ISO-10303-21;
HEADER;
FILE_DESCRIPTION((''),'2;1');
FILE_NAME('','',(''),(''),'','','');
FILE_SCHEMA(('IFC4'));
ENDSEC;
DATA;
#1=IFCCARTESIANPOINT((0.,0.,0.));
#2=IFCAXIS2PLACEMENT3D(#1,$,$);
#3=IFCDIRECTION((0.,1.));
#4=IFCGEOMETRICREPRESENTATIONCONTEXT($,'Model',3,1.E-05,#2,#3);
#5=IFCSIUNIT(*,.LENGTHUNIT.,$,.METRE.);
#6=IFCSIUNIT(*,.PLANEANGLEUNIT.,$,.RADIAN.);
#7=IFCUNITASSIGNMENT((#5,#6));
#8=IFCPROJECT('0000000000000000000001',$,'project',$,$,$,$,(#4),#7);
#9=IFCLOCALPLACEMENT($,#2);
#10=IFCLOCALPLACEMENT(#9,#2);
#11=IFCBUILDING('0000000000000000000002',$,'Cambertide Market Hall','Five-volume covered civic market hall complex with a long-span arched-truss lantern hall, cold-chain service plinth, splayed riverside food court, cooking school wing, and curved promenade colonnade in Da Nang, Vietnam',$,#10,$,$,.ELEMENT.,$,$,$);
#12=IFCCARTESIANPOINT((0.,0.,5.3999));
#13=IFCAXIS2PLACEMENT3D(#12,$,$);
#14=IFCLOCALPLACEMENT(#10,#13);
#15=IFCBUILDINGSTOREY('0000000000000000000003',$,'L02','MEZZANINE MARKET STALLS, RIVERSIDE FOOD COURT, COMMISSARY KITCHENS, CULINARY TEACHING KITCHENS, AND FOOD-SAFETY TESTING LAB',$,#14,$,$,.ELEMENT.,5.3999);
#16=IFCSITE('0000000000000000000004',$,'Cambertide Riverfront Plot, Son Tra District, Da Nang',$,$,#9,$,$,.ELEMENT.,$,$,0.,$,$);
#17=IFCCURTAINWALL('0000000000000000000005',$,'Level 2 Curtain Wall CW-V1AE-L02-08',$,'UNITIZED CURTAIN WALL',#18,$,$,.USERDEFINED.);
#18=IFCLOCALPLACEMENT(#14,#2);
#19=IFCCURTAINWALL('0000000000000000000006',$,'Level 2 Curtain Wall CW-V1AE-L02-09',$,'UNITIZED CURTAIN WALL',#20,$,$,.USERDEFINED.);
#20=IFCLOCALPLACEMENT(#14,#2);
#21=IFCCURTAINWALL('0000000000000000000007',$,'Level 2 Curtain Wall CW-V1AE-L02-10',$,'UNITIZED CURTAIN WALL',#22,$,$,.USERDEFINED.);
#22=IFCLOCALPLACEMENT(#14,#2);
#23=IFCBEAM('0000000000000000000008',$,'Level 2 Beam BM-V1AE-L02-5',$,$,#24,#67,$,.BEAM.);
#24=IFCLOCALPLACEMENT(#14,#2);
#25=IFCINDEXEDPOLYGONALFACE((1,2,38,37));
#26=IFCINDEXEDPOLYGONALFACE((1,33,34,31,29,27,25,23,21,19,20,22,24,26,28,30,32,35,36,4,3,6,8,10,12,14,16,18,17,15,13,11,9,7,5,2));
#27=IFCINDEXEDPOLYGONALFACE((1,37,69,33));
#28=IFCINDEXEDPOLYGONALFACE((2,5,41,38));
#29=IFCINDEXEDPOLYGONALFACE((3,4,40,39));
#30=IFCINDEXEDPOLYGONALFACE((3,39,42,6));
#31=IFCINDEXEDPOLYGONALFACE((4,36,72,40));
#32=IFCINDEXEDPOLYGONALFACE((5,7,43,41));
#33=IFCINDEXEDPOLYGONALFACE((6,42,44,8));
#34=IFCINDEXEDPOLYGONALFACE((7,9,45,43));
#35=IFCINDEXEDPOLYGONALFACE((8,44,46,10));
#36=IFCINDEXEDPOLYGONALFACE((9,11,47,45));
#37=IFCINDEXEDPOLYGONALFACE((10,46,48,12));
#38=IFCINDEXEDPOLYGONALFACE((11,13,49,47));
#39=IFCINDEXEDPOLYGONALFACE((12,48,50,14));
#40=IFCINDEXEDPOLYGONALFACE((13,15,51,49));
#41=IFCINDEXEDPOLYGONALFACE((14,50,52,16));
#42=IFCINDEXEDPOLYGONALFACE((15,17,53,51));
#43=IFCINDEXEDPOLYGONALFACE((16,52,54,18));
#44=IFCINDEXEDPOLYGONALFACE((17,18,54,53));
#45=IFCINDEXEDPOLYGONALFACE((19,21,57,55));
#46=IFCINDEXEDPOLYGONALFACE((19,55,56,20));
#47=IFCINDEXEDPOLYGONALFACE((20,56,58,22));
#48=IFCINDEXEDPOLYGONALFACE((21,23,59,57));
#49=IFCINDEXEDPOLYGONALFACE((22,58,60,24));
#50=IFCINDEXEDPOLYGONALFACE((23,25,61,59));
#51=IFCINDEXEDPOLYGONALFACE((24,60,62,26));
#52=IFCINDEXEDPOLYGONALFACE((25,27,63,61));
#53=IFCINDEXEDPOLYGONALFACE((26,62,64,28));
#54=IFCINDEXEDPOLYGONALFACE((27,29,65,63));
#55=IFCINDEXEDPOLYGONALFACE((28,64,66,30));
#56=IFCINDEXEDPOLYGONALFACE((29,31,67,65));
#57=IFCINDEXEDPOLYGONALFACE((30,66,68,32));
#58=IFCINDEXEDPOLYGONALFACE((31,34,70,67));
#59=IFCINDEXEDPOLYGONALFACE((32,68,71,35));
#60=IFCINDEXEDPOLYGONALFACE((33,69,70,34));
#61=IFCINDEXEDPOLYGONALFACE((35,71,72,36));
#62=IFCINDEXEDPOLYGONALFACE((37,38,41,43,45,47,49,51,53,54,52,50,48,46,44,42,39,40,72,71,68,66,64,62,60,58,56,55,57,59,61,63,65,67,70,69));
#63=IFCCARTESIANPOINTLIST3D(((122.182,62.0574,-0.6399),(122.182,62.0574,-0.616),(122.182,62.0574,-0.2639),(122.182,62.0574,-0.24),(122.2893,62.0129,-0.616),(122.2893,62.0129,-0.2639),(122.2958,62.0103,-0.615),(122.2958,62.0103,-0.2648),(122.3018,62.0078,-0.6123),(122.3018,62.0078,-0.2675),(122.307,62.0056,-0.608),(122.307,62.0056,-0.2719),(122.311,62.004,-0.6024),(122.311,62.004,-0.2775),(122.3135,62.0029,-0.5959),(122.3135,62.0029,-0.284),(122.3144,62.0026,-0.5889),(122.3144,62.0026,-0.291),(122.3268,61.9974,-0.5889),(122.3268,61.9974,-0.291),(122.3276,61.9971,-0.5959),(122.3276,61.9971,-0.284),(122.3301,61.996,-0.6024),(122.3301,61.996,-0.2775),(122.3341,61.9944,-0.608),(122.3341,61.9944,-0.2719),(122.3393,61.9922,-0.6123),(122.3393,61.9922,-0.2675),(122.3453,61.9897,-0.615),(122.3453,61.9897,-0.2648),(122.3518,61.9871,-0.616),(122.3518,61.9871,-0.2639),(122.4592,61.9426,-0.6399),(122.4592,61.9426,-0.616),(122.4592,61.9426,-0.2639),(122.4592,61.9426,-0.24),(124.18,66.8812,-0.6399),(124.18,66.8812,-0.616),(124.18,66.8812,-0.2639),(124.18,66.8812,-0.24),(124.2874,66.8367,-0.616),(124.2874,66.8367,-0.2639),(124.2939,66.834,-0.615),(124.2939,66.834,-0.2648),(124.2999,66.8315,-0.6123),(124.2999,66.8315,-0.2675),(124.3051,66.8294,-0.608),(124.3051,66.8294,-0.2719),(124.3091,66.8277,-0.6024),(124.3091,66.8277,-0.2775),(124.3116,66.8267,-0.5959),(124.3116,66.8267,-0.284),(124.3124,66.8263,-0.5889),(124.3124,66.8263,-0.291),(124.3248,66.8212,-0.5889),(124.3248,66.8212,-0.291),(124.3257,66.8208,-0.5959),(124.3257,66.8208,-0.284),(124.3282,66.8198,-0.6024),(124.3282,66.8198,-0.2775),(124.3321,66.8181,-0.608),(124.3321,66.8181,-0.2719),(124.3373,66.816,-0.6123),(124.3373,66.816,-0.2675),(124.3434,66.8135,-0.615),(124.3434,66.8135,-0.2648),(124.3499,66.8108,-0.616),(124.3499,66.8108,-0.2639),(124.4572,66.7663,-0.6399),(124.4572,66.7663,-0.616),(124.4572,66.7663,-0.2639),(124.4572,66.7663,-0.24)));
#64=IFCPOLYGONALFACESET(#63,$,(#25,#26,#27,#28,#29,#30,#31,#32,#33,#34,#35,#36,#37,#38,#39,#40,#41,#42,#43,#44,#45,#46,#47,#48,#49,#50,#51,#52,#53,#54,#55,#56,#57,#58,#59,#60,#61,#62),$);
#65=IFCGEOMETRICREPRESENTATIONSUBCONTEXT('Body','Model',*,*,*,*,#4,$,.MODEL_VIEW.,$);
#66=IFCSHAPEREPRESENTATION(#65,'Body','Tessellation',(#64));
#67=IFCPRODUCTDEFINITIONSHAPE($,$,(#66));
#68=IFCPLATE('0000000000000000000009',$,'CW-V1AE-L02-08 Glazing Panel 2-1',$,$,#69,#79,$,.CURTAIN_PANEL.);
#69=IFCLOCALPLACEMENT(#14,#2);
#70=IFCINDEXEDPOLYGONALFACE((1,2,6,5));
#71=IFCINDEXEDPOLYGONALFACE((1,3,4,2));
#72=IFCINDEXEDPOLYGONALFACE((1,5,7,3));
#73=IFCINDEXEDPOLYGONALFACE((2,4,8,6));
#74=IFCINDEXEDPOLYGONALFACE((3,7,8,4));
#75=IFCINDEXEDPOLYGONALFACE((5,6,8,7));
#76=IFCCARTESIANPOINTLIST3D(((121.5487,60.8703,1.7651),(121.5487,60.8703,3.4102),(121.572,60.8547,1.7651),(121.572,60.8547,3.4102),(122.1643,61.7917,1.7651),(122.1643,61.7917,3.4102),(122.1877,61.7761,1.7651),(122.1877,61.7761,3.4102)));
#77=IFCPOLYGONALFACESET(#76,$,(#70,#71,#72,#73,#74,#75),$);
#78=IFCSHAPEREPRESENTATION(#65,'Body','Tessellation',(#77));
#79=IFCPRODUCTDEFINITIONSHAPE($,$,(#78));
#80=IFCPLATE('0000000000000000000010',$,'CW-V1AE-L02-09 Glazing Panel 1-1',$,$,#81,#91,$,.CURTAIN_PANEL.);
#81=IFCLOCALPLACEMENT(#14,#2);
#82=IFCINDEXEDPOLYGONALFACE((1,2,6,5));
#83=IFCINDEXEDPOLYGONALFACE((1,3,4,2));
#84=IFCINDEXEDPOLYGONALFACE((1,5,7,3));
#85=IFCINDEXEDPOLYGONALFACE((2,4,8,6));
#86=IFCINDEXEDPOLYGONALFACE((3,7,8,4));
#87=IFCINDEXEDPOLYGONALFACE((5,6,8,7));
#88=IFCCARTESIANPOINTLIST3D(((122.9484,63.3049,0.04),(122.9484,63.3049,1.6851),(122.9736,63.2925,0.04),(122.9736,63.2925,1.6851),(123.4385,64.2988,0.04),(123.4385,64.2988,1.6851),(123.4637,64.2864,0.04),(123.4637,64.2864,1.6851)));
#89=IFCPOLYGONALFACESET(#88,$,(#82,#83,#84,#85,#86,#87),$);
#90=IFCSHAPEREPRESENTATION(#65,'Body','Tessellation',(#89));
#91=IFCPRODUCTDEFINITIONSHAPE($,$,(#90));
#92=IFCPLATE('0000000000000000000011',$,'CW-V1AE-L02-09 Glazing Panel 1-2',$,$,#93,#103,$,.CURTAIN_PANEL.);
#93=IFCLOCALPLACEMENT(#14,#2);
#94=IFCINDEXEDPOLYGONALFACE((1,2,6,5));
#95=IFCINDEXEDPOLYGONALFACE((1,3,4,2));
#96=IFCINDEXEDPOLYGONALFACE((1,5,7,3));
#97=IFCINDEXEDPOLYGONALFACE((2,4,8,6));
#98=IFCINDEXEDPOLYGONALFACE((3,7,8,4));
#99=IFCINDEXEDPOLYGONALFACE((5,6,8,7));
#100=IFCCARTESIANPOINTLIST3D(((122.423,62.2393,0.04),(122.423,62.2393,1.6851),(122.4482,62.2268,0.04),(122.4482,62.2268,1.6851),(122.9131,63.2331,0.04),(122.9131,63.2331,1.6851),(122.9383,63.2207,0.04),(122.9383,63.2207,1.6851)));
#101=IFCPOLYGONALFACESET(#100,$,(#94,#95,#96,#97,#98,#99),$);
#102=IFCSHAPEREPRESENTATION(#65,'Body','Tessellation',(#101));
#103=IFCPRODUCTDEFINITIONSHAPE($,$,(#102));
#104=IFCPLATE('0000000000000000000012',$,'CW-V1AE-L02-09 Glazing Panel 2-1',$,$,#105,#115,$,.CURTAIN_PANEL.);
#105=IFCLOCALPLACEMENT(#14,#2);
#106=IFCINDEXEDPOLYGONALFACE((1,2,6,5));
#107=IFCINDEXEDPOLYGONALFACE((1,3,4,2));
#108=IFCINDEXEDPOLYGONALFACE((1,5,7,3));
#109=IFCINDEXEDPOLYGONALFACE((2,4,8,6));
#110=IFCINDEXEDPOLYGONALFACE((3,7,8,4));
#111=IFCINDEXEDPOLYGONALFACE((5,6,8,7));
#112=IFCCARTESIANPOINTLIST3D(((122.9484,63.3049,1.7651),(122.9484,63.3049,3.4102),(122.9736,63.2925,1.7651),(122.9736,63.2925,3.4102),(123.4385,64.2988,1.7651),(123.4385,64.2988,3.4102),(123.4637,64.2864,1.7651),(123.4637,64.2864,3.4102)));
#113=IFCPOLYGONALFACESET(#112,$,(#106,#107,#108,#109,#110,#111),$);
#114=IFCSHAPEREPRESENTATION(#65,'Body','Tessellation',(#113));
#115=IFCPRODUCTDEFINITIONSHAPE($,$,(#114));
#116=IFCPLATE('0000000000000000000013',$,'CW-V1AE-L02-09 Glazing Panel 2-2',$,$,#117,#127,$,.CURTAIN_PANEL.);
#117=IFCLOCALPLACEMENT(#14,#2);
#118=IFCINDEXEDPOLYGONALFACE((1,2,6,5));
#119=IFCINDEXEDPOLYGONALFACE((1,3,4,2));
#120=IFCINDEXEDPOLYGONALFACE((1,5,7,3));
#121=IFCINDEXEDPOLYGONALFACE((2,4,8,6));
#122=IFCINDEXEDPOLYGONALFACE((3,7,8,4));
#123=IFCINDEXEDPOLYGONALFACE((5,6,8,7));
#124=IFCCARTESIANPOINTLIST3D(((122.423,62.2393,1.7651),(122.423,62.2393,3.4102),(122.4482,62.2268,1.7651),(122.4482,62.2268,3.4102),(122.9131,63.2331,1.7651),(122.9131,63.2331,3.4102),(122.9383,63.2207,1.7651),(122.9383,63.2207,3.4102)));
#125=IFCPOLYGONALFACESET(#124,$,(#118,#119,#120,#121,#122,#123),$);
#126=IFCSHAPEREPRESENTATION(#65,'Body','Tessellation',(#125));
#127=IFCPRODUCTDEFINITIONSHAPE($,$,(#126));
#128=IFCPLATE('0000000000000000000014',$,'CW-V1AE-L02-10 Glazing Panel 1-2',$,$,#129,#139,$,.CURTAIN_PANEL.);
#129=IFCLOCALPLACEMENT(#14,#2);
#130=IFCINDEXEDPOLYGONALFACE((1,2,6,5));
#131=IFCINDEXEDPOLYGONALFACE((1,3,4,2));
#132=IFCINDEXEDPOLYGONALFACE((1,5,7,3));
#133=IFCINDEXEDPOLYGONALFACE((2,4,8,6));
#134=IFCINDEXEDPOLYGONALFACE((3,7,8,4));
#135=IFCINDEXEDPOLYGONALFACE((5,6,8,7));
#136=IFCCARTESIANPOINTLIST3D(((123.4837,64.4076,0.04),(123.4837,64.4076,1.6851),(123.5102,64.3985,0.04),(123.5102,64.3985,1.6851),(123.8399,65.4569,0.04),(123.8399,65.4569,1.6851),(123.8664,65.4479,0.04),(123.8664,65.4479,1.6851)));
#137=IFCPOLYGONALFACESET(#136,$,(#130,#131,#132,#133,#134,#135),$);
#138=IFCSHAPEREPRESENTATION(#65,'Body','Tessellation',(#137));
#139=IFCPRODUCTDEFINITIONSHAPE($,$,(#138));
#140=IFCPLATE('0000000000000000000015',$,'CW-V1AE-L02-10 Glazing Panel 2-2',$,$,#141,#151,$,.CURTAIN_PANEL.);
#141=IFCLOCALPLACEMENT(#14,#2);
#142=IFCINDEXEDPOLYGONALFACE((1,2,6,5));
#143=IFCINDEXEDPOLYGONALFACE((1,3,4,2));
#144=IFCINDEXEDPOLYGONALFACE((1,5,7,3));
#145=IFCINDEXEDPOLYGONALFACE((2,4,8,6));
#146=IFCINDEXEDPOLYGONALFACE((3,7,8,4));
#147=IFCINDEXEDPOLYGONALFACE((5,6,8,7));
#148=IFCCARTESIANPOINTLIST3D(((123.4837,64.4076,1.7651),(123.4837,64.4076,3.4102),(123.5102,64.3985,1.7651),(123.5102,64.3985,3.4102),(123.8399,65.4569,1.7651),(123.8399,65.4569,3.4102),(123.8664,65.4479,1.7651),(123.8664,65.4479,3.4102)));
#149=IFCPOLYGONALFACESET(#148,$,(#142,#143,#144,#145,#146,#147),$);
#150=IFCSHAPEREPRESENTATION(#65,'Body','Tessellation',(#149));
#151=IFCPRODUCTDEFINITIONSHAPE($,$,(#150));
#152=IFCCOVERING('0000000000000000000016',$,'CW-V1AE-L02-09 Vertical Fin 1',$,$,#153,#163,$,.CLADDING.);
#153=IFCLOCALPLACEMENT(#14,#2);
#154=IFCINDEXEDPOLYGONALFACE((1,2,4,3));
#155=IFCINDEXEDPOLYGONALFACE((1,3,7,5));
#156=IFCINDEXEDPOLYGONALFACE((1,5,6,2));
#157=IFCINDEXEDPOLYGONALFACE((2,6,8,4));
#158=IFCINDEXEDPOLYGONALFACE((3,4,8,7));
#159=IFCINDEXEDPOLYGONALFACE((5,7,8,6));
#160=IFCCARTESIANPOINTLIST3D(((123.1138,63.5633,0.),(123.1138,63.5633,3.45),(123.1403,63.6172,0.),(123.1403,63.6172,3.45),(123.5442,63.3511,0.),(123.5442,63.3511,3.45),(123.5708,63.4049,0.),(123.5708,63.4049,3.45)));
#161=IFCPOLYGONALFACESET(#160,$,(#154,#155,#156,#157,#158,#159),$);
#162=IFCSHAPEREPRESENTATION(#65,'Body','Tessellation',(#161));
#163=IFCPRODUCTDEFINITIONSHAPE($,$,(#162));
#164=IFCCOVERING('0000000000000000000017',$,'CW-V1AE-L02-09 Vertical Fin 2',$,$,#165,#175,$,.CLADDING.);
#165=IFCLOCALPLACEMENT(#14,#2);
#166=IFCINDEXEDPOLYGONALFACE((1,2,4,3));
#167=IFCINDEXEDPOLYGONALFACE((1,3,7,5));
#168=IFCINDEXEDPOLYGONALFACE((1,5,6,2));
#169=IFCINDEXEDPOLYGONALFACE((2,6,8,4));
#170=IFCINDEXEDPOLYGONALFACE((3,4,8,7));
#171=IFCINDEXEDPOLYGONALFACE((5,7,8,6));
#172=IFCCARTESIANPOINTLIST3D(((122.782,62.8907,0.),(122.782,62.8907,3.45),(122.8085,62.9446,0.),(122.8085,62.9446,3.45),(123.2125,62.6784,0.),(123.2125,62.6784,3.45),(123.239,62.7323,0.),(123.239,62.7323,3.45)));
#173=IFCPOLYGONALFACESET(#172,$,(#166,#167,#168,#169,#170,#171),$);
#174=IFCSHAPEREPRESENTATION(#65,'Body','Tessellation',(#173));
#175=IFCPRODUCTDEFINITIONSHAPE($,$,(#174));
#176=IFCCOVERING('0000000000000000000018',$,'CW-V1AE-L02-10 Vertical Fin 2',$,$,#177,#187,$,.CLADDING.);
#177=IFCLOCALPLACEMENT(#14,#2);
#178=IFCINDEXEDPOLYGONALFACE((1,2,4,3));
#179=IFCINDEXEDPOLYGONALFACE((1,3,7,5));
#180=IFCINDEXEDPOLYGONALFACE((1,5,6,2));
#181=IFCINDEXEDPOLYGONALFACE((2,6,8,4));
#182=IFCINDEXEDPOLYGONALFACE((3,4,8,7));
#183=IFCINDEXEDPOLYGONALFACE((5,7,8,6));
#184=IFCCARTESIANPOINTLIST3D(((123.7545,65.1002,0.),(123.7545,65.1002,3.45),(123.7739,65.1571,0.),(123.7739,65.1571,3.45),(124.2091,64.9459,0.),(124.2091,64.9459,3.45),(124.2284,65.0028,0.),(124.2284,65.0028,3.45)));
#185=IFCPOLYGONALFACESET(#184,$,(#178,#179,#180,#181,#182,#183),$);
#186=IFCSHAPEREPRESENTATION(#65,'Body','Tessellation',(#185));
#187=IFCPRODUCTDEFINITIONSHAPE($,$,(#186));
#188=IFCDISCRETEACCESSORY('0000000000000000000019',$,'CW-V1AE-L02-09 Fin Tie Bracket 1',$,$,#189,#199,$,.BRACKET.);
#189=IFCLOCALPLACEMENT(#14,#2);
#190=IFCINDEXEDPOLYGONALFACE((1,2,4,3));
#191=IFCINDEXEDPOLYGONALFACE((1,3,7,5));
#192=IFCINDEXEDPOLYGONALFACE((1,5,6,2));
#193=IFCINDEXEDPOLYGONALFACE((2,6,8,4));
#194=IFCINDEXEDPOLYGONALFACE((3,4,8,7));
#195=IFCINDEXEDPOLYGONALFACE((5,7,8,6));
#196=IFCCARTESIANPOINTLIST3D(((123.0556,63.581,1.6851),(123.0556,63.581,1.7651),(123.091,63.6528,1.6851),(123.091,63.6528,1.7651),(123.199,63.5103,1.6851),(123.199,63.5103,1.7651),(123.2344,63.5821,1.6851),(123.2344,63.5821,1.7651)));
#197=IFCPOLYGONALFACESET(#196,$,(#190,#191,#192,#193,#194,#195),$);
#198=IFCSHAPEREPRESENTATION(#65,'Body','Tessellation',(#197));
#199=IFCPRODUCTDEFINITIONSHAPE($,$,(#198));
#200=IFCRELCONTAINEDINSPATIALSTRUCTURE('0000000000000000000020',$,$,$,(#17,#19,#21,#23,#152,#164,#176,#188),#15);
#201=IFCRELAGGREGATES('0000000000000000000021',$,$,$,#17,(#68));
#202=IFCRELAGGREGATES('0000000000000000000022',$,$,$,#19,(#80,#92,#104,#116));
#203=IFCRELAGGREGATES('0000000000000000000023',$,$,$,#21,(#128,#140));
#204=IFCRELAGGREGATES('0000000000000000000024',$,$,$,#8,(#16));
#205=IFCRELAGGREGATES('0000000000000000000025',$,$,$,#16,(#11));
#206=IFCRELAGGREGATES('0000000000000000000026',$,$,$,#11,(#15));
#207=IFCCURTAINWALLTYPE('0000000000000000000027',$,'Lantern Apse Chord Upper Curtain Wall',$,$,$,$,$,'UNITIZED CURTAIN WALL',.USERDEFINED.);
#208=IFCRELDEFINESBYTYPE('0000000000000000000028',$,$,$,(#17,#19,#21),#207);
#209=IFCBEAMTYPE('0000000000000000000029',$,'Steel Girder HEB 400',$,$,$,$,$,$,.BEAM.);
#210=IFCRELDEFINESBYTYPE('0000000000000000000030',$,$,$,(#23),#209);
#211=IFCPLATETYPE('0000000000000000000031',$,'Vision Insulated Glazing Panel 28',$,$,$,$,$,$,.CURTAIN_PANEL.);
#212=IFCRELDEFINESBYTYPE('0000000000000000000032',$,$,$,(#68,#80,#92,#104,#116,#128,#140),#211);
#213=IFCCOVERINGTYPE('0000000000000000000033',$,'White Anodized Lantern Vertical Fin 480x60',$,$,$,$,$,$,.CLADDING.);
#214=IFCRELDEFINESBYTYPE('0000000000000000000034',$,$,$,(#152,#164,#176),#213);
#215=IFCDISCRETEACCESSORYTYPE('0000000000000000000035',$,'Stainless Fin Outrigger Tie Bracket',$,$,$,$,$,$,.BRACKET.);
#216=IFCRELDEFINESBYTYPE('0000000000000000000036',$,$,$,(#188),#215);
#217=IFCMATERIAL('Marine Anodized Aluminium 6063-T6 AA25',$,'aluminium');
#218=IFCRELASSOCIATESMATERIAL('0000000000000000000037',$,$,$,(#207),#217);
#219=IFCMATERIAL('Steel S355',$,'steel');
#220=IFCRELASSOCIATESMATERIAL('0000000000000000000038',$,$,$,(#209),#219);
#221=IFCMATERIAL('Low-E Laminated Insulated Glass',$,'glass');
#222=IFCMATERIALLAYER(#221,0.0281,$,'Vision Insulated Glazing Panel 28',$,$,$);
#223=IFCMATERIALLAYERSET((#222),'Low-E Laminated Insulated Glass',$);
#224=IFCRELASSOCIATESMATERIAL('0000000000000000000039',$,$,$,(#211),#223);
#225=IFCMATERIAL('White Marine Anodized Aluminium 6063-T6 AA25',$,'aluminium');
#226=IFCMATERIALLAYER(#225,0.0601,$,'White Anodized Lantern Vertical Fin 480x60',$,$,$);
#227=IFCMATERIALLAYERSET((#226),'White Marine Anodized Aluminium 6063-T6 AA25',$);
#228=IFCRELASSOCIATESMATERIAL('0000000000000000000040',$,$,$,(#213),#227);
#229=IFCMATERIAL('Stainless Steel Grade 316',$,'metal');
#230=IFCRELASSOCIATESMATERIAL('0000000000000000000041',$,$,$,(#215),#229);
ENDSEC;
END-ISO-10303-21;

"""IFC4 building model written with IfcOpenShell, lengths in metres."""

from ifc_helpers import new_model, si_unit, direction, frame, origin, origin_2d, place, context, subcontext, project, spatial, rectangle, i_section, extrude, material, layer, layer_set, material_profile, profile_set, type_object, element, aggregate, save


model = new_model("IFC4")

# Units and contexts
model_context = context("Model", 3, precision=1e-05, world=origin(), true_north=direction((0.0, 1.0)))
body_context = subcontext(model_context, "Body", "Model", "MODEL_VIEW")
ifc_project = project(units=[si_unit("LENGTHUNIT", "METRE"), si_unit("PLANEANGLEUNIT", "RADIAN")], contexts=[model_context])

# Site, building, storey
site_placement = place(None, origin())
site = spatial("IfcSite", under=ifc_project, at=site_placement, Name="Cambertide Riverfront Plot, Son Tra District, Da Nang", CompositionType="ELEMENT", RefElevation=0.0)
building_placement = place(site_placement, origin())
building = spatial("IfcBuilding", under=site, at=building_placement, Name="Cambertide Market Hall", Description="Five-volume covered civic market hall complex with a long-span arched-truss lantern hall, cold-chain service plinth, splayed riverside food court, cooking school wing, and curved promenade colonnade in Da Nang, Vietnam", CompositionType="ELEMENT")
storey_placement = place(building_placement, frame((0.0, 0.0, 5.3999)))
storey = spatial("IfcBuildingStorey", under=building, at=storey_placement, Name="L02", Description="MEZZANINE MARKET STALLS, RIVERSIDE FOOD COURT, COMMISSARY KITCHENS, CULINARY TEACHING KITCHENS, AND FOOD-SAFETY TESTING LAB", CompositionType="ELEMENT", Elevation=5.3999)

# Curtain wall
ifc_material_1 = material(Name="Marine Anodized Aluminium 6063-T6 AA25", Category="aluminium")
curtain_wall_type = type_object("IfcCurtainWallType", Name="Lantern Apse Chord Upper Curtain Wall", ElementType="UNITIZED CURTAIN WALL", PredefinedType="USERDEFINED", material=ifc_material_1)
curtain_wall_1_placement = place(storey_placement, origin())
curtain_wall_1 = element("IfcCurtainWall", 1, at=curtain_wall_1_placement, inside=storey, type_object=curtain_wall_type, Name="Level 2 Curtain Wall CW-V1AE-L02-08", ObjectType="UNITIZED CURTAIN WALL", PredefinedType="USERDEFINED")

# Curtain wall
curtain_wall_2_placement = place(storey_placement, origin())
curtain_wall_2 = element("IfcCurtainWall", 2, at=curtain_wall_2_placement, inside=storey, type_object=curtain_wall_type, Name="Level 2 Curtain Wall CW-V1AE-L02-09", ObjectType="UNITIZED CURTAIN WALL", PredefinedType="USERDEFINED")

# Curtain wall
curtain_wall_3_placement = place(storey_placement, origin())
curtain_wall_3 = element("IfcCurtainWall", 3, at=curtain_wall_3_placement, inside=storey, type_object=curtain_wall_type, Name="Level 2 Curtain Wall CW-V1AE-L02-10", ObjectType="UNITIZED CURTAIN WALL", PredefinedType="USERDEFINED")

# Beam
ifc_material_2 = material(Name="Steel S355", Category="steel")
ifc_material_profile_1 = material_profile(ifc_material_2, i_section(OverallWidth=0.3, OverallDepth=0.3999, WebThickness=0.0134, FlangeThickness=0.0239, FilletRadius=0.0271, at=origin_2d()), Name="HEB 400")
ifc_profile_set_1 = profile_set([ifc_material_profile_1], Name="Steel S355")
beam_type_1 = type_object("IfcBeamType", Name="Steel Girder HEB 400", PredefinedType="BEAM", material=ifc_profile_set_1)
beam_1_placement = place(storey_placement, frame((122.3206, 62.0, -0.4399), z_axis=(0.382682, 0.92388, 0.0), x_axis=(-0.92388, 0.382682, 0.0)))
element("IfcBeam", 4, at=beam_1_placement, inside=storey, type_object=beam_type_1, Name="Level 2 Beam BM-V1AE-L02-5", PredefinedType="BEAM", context=body_context, shape_type="SweptSolid", body=[
    extrude(i_section(OverallWidth=0.3, OverallDepth=0.3999, WebThickness=0.0134, FlangeThickness=0.0239, FilletRadius=0.0271, at=origin_2d()), origin(), (0.0, 0.0, 1.0), 5.2212),
])

# Plates
ifc_material_3 = material(Name="Low-E Laminated Insulated Glass", Category="glass")
ifc_layer_1 = layer(ifc_material_3, 0.0281, Name="Vision Insulated Glazing Panel 28")
ifc_layer_set_1 = layer_set([ifc_layer_1], Name="Low-E Laminated Insulated Glass")
plate_type = type_object("IfcPlateType", Name="Vision Insulated Glazing Panel 28", PredefinedType="CURTAIN_PANEL", material=ifc_layer_set_1)
plate_1_placement = place(storey_placement, frame((121.8682, 61.3232, 1.7651), z_axis=(0.0, 0.0, 1.0), x_axis=(-0.55557, -0.83147, 0.0)))
plate_1 = element("IfcPlate", 5, at=plate_1_placement, type_object=plate_type, Name="CW-V1AE-L02-08 Glazing Panel 2-1", PredefinedType="CURTAIN_PANEL", context=body_context, shape_type="SweptSolid", body=[
    extrude(rectangle(XDim=1.1082, YDim=0.0281, at=origin_2d()), origin(), (0.0, 0.0, 1.0), 1.645),
])
aggregate(curtain_wall_1, [plate_1])
plate_2_placement = place(storey_placement, frame((123.2061, 63.7957, 0.04), z_axis=(0.0, 0.0, 1.0), x_axis=(-0.442289, -0.896873, 0.0)))
plate_2 = element("IfcPlate", 6, at=plate_2_placement, type_object=plate_type, Name="CW-V1AE-L02-09 Glazing Panel 1-1", PredefinedType="CURTAIN_PANEL", context=body_context, shape_type="SweptSolid", body=[
    extrude(rectangle(XDim=1.1082, YDim=0.0281, at=origin_2d()), origin(), (0.0, 0.0, 1.0), 1.645),
])
plate_3_placement = place(storey_placement, frame((122.6807, 62.73, 0.04), z_axis=(0.0, 0.0, 1.0), x_axis=(-0.442289, -0.896873, 0.0)))
plate_3 = element("IfcPlate", 7, at=plate_3_placement, type_object=plate_type, Name="CW-V1AE-L02-09 Glazing Panel 1-2", PredefinedType="CURTAIN_PANEL", context=body_context, shape_type="SweptSolid", body=[
    extrude(rectangle(XDim=1.1082, YDim=0.0281, at=origin_2d()), origin(), (0.0, 0.0, 1.0), 1.645),
])
plate_4_placement = place(storey_placement, frame((123.2061, 63.7957, 1.7651), z_axis=(0.0, 0.0, 1.0), x_axis=(-0.442289, -0.896873, 0.0)))
plate_4 = element("IfcPlate", 8, at=plate_4_placement, type_object=plate_type, Name="CW-V1AE-L02-09 Glazing Panel 2-1", PredefinedType="CURTAIN_PANEL", context=body_context, shape_type="SweptSolid", body=[
    extrude(rectangle(XDim=1.1082, YDim=0.0281, at=origin_2d()), origin(), (0.0, 0.0, 1.0), 1.645),
])
plate_5_placement = place(storey_placement, frame((122.6807, 62.73, 1.7651), z_axis=(0.0, 0.0, 1.0), x_axis=(-0.442289, -0.896873, 0.0)))
plate_5 = element("IfcPlate", 9, at=plate_5_placement, type_object=plate_type, Name="CW-V1AE-L02-09 Glazing Panel 2-2", PredefinedType="CURTAIN_PANEL", context=body_context, shape_type="SweptSolid", body=[
    extrude(rectangle(XDim=1.1082, YDim=0.0281, at=origin_2d()), origin(), (0.0, 0.0, 1.0), 1.645),
])
aggregate(curtain_wall_2, [plate_2, plate_3, plate_4, plate_5])
plate_6_placement = place(storey_placement, frame((123.675, 64.9277, 0.04), z_axis=(0.0, 0.0, 1.0), x_axis=(-0.321439, -0.94693, 0.0)))
plate_6 = element("IfcPlate", 10, at=plate_6_placement, type_object=plate_type, Name="CW-V1AE-L02-10 Glazing Panel 1-2", PredefinedType="CURTAIN_PANEL", context=body_context, shape_type="SweptSolid", body=[
    extrude(rectangle(XDim=1.1082, YDim=0.0281, at=origin_2d()), origin(), (0.0, 0.0, 1.0), 1.645),
])
plate_7_placement = place(storey_placement, frame((123.675, 64.9277, 1.7651), z_axis=(0.0, 0.0, 1.0), x_axis=(-0.321439, -0.94693, 0.0)))
plate_7 = element("IfcPlate", 11, at=plate_7_placement, type_object=plate_type, Name="CW-V1AE-L02-10 Glazing Panel 2-2", PredefinedType="CURTAIN_PANEL", context=body_context, shape_type="SweptSolid", body=[
    extrude(rectangle(XDim=1.1082, YDim=0.0281, at=origin_2d()), origin(), (0.0, 0.0, 1.0), 1.645),
])
aggregate(curtain_wall_3, [plate_6, plate_7])

# Coverings
ifc_material_4 = material(Name="White Marine Anodized Aluminium 6063-T6 AA25", Category="aluminium")
ifc_layer_2 = layer(ifc_material_4, 0.0601, Name="White Anodized Lantern Vertical Fin 480x60")
ifc_layer_set_2 = layer_set([ifc_layer_2], Name="White Marine Anodized Aluminium 6063-T6 AA25")
covering_type = type_object("IfcCoveringType", Name="White Anodized Lantern Vertical Fin 480x60", PredefinedType="CLADDING", material=ifc_layer_set_2)
for number, where, z_axis, x_axis, name in (
    (12, (123.3423, 63.4841, 0.0), (0.0, 0.0, 1.0), (-0.442289, -0.896873, 0.0), "CW-V1AE-L02-09 Vertical Fin 1"),
    (13, (123.0105, 62.8115, 0.0), (0.0, 0.0, 1.0), (-0.442289, -0.896873, 0.0), "CW-V1AE-L02-09 Vertical Fin 2"),
    (14, (123.9915, 65.0515, 0.0), (0.0, 0.0, 1.0), (-0.321439, -0.94693, 0.0), "CW-V1AE-L02-10 Vertical Fin 2"),
):
    element("IfcCovering", number, at=place(storey_placement, frame(where, z_axis=z_axis, x_axis=x_axis)), inside=storey, type_object=covering_type, Name=name, PredefinedType="CLADDING", context=body_context, shape_type="SweptSolid", body=[
        extrude(rectangle(XDim=0.0601, YDim=0.48, at=origin_2d()), origin(), (0.0, 0.0, 1.0), 3.45),
    ])

# Discrete accessory
ifc_material_5 = material(Name="Stainless Steel Grade 316", Category="metal")
discrete_accessory_type = type_object("IfcDiscreteAccessoryType", Name="Stainless Fin Outrigger Tie Bracket", PredefinedType="BRACKET", material=ifc_material_5)
for number, where, z_axis, x_axis, name in (
    (15, (123.145, 63.5815, 1.6851), (0.0, 0.0, 1.0), (-0.442289, -0.896873, 0.0), "CW-V1AE-L02-09 Fin Tie Bracket 1"),
):
    element("IfcDiscreteAccessory", number, at=place(storey_placement, frame(where, z_axis=z_axis, x_axis=x_axis)), inside=storey, type_object=discrete_accessory_type, Name=name, PredefinedType="BRACKET", context=body_context, shape_type="SweptSolid", body=[
        extrude(rectangle(XDim=0.0801, YDim=0.1599, at=origin_2d()), origin(), (0.0, 0.0, 1.0), 0.0801),
    ])

save(model, "model.ifc")
